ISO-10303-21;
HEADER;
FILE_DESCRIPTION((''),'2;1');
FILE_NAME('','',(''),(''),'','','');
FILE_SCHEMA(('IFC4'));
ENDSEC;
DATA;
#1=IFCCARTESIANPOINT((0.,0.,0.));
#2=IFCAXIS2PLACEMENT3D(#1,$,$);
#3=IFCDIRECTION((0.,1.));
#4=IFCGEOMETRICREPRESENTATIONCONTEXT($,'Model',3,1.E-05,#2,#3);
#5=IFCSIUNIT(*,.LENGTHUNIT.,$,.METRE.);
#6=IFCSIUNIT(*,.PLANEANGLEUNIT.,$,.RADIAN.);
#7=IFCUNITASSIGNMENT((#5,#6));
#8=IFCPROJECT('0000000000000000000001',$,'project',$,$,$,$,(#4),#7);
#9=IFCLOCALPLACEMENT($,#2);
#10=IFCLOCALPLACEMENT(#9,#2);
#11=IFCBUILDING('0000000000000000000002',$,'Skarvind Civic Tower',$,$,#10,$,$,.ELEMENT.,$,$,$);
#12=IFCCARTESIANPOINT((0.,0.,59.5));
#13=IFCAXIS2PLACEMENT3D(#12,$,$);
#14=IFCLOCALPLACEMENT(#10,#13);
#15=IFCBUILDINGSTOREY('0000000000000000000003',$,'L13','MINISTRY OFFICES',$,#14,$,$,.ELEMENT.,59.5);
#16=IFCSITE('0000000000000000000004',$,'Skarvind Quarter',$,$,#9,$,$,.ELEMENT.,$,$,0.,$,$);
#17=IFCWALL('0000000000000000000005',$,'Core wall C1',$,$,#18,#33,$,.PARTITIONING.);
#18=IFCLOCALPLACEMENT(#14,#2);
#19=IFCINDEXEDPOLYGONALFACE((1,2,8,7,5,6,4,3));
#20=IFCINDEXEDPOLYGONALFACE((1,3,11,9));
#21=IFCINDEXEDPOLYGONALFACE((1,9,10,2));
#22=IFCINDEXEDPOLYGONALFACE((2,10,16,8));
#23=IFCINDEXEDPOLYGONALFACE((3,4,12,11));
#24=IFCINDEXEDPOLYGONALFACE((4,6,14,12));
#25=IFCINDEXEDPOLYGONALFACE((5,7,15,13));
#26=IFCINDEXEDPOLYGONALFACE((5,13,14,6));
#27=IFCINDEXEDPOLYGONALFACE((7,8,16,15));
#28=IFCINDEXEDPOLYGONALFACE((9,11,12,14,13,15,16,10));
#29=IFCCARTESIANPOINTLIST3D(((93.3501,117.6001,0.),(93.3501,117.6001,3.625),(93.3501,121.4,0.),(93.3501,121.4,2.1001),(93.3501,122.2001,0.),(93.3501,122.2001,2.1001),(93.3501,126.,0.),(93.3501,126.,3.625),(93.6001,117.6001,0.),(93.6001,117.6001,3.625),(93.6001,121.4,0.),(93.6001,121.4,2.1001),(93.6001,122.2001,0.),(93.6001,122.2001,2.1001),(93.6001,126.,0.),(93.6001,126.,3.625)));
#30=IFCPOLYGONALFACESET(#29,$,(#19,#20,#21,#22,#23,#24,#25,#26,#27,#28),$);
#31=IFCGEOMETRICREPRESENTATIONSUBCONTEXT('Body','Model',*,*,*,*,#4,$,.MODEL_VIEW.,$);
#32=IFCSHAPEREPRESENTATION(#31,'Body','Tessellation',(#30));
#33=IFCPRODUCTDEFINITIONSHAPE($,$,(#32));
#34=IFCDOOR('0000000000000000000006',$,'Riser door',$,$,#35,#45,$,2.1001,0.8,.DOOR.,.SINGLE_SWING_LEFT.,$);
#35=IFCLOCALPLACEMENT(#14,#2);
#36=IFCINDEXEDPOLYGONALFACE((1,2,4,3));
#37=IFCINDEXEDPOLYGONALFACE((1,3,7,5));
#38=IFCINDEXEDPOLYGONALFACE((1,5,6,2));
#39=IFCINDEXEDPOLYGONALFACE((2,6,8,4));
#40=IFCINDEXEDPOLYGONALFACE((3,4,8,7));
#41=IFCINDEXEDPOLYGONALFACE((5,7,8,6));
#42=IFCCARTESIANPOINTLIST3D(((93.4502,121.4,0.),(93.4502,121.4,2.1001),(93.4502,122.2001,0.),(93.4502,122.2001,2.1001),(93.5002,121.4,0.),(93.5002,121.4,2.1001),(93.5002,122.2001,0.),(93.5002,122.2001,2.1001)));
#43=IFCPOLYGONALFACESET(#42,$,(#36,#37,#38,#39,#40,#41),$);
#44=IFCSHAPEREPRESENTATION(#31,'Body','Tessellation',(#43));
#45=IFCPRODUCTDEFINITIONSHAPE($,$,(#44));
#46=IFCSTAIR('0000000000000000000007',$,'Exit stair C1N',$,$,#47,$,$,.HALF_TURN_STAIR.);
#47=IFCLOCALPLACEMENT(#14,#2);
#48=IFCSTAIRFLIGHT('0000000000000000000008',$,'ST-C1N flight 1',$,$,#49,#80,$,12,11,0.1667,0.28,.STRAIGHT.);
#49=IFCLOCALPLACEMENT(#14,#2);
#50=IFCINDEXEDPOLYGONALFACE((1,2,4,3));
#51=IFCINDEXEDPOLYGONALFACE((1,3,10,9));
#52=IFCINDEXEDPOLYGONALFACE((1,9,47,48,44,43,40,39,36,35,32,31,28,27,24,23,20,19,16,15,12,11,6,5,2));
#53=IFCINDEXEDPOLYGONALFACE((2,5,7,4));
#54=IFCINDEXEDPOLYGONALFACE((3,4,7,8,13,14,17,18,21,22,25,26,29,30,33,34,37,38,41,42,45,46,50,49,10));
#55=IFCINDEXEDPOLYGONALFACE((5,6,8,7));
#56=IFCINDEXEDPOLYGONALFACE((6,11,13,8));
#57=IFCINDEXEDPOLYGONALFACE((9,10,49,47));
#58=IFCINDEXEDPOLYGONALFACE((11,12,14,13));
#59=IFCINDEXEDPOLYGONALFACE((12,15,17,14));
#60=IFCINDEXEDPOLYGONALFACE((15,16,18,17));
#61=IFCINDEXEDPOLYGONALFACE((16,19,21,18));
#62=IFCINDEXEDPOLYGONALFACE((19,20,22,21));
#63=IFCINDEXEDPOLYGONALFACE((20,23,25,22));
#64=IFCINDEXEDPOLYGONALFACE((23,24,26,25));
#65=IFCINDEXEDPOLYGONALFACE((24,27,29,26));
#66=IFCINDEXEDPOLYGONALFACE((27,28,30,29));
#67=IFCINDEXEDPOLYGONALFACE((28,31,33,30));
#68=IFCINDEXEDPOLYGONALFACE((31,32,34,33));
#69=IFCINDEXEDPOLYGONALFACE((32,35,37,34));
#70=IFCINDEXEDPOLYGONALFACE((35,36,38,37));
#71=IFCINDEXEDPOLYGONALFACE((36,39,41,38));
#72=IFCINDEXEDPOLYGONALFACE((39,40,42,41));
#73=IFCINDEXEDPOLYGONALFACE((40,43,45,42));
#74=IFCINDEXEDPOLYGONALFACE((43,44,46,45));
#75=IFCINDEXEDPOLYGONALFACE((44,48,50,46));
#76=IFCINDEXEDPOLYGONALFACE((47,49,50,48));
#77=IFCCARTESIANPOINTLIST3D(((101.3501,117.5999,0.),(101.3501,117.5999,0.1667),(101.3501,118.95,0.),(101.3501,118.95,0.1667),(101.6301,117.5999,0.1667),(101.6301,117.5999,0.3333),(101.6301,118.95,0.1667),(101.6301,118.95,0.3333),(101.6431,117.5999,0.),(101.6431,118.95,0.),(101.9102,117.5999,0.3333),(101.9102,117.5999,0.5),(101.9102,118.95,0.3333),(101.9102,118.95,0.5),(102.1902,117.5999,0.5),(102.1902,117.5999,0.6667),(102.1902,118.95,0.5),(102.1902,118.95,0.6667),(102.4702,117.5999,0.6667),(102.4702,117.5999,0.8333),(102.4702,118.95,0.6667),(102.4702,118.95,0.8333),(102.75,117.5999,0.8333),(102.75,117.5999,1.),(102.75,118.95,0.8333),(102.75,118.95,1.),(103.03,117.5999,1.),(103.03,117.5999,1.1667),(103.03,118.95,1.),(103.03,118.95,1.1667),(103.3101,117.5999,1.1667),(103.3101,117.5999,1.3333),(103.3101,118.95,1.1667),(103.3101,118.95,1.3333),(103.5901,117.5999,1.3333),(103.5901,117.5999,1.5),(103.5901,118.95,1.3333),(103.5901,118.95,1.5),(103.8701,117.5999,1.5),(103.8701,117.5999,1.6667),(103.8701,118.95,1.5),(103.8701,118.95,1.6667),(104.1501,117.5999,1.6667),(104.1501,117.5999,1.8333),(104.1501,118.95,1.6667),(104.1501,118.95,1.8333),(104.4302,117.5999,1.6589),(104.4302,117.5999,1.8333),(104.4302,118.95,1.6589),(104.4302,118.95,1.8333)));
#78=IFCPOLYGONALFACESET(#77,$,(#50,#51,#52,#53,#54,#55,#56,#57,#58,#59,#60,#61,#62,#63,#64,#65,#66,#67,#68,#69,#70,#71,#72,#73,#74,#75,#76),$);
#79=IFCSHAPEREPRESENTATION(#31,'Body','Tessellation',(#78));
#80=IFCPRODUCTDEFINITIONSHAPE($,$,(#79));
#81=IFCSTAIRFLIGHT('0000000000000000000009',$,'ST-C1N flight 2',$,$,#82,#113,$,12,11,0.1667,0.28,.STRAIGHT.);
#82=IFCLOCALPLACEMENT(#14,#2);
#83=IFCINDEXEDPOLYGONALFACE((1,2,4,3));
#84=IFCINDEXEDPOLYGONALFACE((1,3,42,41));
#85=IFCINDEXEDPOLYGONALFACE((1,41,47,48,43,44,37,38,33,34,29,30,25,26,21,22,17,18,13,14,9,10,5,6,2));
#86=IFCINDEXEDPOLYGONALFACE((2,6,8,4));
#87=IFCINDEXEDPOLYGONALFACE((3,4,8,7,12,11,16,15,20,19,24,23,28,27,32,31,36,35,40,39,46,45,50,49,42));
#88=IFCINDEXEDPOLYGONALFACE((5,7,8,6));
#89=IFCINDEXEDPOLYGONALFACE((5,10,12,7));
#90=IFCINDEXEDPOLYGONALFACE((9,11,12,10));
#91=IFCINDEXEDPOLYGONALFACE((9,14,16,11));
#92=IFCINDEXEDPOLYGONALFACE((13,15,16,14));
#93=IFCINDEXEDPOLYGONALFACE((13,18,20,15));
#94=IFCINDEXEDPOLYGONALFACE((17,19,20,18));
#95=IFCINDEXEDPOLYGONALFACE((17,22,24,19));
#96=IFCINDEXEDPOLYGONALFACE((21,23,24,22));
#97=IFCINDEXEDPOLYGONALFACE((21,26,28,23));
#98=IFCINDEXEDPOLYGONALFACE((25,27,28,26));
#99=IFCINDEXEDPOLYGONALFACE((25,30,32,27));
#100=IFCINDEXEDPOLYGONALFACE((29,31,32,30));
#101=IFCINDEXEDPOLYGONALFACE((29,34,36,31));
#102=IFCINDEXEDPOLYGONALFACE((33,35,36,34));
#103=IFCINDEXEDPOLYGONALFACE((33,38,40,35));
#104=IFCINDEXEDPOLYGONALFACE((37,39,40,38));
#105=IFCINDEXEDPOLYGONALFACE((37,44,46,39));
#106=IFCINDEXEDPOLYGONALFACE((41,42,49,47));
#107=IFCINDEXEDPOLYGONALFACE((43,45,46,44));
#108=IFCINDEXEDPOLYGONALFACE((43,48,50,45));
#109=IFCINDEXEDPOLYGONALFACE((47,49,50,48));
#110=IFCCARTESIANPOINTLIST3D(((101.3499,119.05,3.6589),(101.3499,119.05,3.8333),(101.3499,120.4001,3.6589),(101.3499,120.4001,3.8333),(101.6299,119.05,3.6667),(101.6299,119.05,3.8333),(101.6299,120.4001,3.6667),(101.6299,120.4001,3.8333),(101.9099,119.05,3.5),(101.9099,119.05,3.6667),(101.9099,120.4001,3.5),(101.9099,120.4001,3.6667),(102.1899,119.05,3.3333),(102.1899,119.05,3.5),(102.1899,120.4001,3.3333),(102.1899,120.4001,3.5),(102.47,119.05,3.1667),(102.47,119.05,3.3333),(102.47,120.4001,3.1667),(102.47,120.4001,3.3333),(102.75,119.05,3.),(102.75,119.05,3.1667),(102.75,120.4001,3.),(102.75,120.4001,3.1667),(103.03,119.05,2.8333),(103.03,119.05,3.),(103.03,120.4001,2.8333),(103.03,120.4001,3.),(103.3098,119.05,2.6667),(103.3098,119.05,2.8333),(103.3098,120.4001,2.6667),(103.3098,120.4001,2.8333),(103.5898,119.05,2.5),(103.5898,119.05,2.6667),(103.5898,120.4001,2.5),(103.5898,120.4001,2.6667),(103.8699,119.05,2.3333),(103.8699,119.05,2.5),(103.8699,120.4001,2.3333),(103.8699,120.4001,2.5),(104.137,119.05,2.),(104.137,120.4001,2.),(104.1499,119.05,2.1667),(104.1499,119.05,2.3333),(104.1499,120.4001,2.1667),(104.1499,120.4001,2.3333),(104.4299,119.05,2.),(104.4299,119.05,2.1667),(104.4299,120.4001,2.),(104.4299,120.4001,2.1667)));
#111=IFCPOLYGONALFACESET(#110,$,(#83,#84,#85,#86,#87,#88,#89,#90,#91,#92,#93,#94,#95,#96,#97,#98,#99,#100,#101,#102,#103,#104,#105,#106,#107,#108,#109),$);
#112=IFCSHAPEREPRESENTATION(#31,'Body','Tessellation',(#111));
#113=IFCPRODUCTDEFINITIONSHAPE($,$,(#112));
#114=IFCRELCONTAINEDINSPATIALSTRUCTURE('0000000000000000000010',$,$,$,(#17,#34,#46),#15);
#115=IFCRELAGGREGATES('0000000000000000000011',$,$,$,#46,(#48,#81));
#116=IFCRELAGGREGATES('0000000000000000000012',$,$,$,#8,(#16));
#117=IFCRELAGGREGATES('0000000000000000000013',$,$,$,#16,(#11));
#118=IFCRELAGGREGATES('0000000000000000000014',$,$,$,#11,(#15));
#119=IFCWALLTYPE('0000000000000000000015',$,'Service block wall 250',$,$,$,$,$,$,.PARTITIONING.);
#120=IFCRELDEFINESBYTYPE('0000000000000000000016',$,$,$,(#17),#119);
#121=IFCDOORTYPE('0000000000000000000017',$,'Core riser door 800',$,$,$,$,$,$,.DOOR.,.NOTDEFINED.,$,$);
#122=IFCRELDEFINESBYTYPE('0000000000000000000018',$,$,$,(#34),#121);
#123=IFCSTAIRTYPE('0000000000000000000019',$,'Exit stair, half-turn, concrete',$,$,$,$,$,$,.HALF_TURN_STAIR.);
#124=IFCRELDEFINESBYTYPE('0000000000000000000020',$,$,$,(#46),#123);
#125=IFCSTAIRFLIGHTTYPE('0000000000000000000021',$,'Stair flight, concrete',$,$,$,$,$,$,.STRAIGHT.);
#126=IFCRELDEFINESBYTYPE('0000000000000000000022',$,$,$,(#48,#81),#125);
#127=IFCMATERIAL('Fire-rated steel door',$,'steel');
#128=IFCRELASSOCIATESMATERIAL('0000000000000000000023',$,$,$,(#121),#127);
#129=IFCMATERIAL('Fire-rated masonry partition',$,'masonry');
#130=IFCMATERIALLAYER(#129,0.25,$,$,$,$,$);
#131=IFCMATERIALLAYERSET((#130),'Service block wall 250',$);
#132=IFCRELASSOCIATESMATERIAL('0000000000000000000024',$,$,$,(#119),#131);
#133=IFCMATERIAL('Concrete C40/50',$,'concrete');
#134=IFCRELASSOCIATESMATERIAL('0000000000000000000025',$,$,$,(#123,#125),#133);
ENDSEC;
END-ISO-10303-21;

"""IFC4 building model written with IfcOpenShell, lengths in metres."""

from ifc_helpers import new_model, si_unit, direction, frame, frame_2d, origin, place, context, subcontext, project, spatial, polyline, rectangle, outline, extrude, material, layer, layer_set, type_object, element, fill, aggregate, save


model = new_model("IFC4")

# Units and contexts
model_context = context("Model", 3, precision=1e-05, world=origin(), true_north=direction((0.0, 1.0)))
body_context = subcontext(model_context, "Body", "Model", "MODEL_VIEW")
ifc_project = project(units=[si_unit("LENGTHUNIT", "METRE"), si_unit("PLANEANGLEUNIT", "RADIAN")], contexts=[model_context])

# Site, building, storey
site_placement = place(None, origin())
site = spatial("IfcSite", under=ifc_project, at=site_placement, Name="Skarvind Quarter", CompositionType="ELEMENT", RefElevation=0.0)
building_placement = place(site_placement, origin())
building = spatial("IfcBuilding", under=site, at=building_placement, Name="Skarvind Civic Tower", CompositionType="ELEMENT")
storey_placement = place(building_placement, frame((0.0, 0.0, 59.5)))
storey = spatial("IfcBuildingStorey", under=building, at=storey_placement, Name="L13", Description="MINISTRY OFFICES", CompositionType="ELEMENT", Elevation=59.5)

# Shared definitions
ifc_material_1 = material(Name="Fire-rated masonry partition", Category="masonry")
ifc_material_2 = material(Name="Fire-rated steel door", Category="steel")

# Shared definitions
door_type_1 = type_object("IfcDoorType", Name="Core riser door 800", OperationType="NOTDEFINED", PredefinedType="DOOR", material=ifc_material_2)

# Wall, opening, door
ifc_layer_1 = layer(ifc_material_1, 0.25)
ifc_layer_set_1 = layer_set([ifc_layer_1], Name="Service block wall 250")
wall_type_1 = type_object("IfcWallType", Name="Service block wall 250", PredefinedType="PARTITIONING", material=ifc_layer_set_1)
wall_1_placement = place(storey_placement, frame((93.4751, 117.6001, 0.0), z_axis=(0.0, 0.0, 1.0), x_axis=(0.0, 1.0, 0.0)))
wall_1 = element("IfcWall", 1, at=wall_1_placement, inside=storey, type_object=wall_type_1, Name="Core wall C1", PredefinedType="PARTITIONING", context=body_context, shape_type="SweptSolid", body=[
    extrude(rectangle(XDim=8.3999, YDim=0.25, at=frame_2d((4.2, 0.0))), origin(), (0.0, 0.0, 1.0), 3.625),
])
opening_1_placement = place(wall_1_placement, frame((3.8, 0.0, 0.0)))
opening_1 = element("IfcOpeningElement", 2, at=opening_1_placement, cuts=wall_1, PredefinedType="OPENING", context=body_context, shape_type="SweptSolid", body=[
    extrude(rectangle(XDim=0.8, YDim=2.1001, at=frame_2d((0.3999, 1.05))), frame((0.0, 0.135, 0.0), z_axis=(0.0, -1.0, 0.0), x_axis=(1.0, 0.0, 0.0)), (0.0, 0.0, 1.0), 0.27),
])
door_1_placement = place(opening_1_placement, origin())
door_1 = element("IfcDoor", 3, at=door_1_placement, inside=storey, type_object=door_type_1, Name="Riser door", OperationType="SINGLE_SWING_LEFT", OverallHeight=2.1001, OverallWidth=0.8, PredefinedType="DOOR", context=body_context, shape_type="SweptSolid", body=[
    extrude(rectangle(XDim=0.8, YDim=2.1001, at=frame_2d((0.3999, 1.05))), frame((0.0, 0.0249, 0.0), z_axis=(0.0, -1.0, 0.0), x_axis=(1.0, 0.0, 0.0)), (0.0, 0.0, 1.0), 0.05),
])
fill(opening_1, door_1)

# Stair, stair flights
ifc_material_3 = material(Name="Concrete C40/50", Category="concrete")
stair_type = type_object("IfcStairType", Name="Exit stair, half-turn, concrete", PredefinedType="HALF_TURN_STAIR", material=ifc_material_3)
stair_placement = place(storey_placement, origin())
stair = element("IfcStair", 4, at=stair_placement, inside=storey, type_object=stair_type, Name="Exit stair C1N", PredefinedType="HALF_TURN_STAIR")
stair_flight_type = type_object("IfcStairFlightType", Name="Stair flight, concrete", PredefinedType="STRAIGHT", material=ifc_material_3)
stair_flight_1_placement = place(storey_placement, frame((101.3501, 118.2749, 0.0), z_axis=(0.0, 0.0, 1.0), x_axis=(1.0, 0.0, 0.0)))
stair_flight_1 = element("IfcStairFlight", 5, at=stair_flight_1_placement, type_object=stair_flight_type, Name="ST-C1N flight 1", NumberOfRisers=12, NumberOfTreads=11, PredefinedType="STRAIGHT", RiserHeight=0.1667, TreadLength=0.28, context=body_context, shape_type="SweptSolid", body=[
    extrude(outline(polyline([(0.0, 0.0), (0.0, 0.1667), (0.28, 0.1667), (0.28, 0.3333), (0.5601, 0.3333), (0.5601, 0.5), (0.8401, 0.5), (0.8401, 0.6667), (1.1201, 0.6667), (1.1201, 0.8333), (1.3999, 0.8333), (1.3999, 1.0), (1.6799, 1.0), (1.6799, 1.1667), (1.96, 1.1667), (1.96, 1.3333), (2.24, 1.3333), (2.24, 1.5), (2.52, 1.5), (2.52, 1.6667), (2.8, 1.6667), (2.8, 1.8333), (3.0801, 1.8333), (3.0801, 2.0), (3.0801, 1.6589), (0.293, 0.0), (0.0, 0.0)])), frame((0.0, 0.675, 0.0), z_axis=(0.0, -1.0, 0.0), x_axis=(1.0, 0.0, 0.0)), (0.0, 0.0, 1.0), 1.3501),
])
stair_flight_2_placement = place(storey_placement, frame((104.4299, 119.7251, 2.0), z_axis=(0.0, 0.0, 1.0), x_axis=(-1.0, 0.0, 0.0)))
stair_flight_2 = element("IfcStairFlight", 6, at=stair_flight_2_placement, type_object=stair_flight_type, Name="ST-C1N flight 2", NumberOfRisers=12, NumberOfTreads=11, PredefinedType="STRAIGHT", RiserHeight=0.1667, TreadLength=0.28, context=body_context, shape_type="SweptSolid", body=[
    extrude(outline(polyline([(0.0, 0.0), (0.0, 0.1667), (0.28, 0.1667), (0.28, 0.3333), (0.5601, 0.3333), (0.5601, 0.5), (0.8401, 0.5), (0.8401, 0.6667), (1.1201, 0.6667), (1.1201, 0.8333), (1.3999, 0.8333), (1.3999, 1.0), (1.6799, 1.0), (1.6799, 1.1667), (1.96, 1.1667), (1.96, 1.3333), (2.24, 1.3333), (2.24, 1.5), (2.52, 1.5), (2.52, 1.6667), (2.8, 1.6667), (2.8, 1.8333), (3.0801, 1.8333), (3.0801, 2.0), (3.0801, 1.6589), (0.293, 0.0), (0.0, 0.0)])), frame((0.0, 0.675, 0.0), z_axis=(0.0, -1.0, 0.0), x_axis=(1.0, 0.0, 0.0)), (0.0, 0.0, 1.0), 1.3501),
])
aggregate(stair, [stair_flight_1, stair_flight_2])

save(model, "model.ifc")
